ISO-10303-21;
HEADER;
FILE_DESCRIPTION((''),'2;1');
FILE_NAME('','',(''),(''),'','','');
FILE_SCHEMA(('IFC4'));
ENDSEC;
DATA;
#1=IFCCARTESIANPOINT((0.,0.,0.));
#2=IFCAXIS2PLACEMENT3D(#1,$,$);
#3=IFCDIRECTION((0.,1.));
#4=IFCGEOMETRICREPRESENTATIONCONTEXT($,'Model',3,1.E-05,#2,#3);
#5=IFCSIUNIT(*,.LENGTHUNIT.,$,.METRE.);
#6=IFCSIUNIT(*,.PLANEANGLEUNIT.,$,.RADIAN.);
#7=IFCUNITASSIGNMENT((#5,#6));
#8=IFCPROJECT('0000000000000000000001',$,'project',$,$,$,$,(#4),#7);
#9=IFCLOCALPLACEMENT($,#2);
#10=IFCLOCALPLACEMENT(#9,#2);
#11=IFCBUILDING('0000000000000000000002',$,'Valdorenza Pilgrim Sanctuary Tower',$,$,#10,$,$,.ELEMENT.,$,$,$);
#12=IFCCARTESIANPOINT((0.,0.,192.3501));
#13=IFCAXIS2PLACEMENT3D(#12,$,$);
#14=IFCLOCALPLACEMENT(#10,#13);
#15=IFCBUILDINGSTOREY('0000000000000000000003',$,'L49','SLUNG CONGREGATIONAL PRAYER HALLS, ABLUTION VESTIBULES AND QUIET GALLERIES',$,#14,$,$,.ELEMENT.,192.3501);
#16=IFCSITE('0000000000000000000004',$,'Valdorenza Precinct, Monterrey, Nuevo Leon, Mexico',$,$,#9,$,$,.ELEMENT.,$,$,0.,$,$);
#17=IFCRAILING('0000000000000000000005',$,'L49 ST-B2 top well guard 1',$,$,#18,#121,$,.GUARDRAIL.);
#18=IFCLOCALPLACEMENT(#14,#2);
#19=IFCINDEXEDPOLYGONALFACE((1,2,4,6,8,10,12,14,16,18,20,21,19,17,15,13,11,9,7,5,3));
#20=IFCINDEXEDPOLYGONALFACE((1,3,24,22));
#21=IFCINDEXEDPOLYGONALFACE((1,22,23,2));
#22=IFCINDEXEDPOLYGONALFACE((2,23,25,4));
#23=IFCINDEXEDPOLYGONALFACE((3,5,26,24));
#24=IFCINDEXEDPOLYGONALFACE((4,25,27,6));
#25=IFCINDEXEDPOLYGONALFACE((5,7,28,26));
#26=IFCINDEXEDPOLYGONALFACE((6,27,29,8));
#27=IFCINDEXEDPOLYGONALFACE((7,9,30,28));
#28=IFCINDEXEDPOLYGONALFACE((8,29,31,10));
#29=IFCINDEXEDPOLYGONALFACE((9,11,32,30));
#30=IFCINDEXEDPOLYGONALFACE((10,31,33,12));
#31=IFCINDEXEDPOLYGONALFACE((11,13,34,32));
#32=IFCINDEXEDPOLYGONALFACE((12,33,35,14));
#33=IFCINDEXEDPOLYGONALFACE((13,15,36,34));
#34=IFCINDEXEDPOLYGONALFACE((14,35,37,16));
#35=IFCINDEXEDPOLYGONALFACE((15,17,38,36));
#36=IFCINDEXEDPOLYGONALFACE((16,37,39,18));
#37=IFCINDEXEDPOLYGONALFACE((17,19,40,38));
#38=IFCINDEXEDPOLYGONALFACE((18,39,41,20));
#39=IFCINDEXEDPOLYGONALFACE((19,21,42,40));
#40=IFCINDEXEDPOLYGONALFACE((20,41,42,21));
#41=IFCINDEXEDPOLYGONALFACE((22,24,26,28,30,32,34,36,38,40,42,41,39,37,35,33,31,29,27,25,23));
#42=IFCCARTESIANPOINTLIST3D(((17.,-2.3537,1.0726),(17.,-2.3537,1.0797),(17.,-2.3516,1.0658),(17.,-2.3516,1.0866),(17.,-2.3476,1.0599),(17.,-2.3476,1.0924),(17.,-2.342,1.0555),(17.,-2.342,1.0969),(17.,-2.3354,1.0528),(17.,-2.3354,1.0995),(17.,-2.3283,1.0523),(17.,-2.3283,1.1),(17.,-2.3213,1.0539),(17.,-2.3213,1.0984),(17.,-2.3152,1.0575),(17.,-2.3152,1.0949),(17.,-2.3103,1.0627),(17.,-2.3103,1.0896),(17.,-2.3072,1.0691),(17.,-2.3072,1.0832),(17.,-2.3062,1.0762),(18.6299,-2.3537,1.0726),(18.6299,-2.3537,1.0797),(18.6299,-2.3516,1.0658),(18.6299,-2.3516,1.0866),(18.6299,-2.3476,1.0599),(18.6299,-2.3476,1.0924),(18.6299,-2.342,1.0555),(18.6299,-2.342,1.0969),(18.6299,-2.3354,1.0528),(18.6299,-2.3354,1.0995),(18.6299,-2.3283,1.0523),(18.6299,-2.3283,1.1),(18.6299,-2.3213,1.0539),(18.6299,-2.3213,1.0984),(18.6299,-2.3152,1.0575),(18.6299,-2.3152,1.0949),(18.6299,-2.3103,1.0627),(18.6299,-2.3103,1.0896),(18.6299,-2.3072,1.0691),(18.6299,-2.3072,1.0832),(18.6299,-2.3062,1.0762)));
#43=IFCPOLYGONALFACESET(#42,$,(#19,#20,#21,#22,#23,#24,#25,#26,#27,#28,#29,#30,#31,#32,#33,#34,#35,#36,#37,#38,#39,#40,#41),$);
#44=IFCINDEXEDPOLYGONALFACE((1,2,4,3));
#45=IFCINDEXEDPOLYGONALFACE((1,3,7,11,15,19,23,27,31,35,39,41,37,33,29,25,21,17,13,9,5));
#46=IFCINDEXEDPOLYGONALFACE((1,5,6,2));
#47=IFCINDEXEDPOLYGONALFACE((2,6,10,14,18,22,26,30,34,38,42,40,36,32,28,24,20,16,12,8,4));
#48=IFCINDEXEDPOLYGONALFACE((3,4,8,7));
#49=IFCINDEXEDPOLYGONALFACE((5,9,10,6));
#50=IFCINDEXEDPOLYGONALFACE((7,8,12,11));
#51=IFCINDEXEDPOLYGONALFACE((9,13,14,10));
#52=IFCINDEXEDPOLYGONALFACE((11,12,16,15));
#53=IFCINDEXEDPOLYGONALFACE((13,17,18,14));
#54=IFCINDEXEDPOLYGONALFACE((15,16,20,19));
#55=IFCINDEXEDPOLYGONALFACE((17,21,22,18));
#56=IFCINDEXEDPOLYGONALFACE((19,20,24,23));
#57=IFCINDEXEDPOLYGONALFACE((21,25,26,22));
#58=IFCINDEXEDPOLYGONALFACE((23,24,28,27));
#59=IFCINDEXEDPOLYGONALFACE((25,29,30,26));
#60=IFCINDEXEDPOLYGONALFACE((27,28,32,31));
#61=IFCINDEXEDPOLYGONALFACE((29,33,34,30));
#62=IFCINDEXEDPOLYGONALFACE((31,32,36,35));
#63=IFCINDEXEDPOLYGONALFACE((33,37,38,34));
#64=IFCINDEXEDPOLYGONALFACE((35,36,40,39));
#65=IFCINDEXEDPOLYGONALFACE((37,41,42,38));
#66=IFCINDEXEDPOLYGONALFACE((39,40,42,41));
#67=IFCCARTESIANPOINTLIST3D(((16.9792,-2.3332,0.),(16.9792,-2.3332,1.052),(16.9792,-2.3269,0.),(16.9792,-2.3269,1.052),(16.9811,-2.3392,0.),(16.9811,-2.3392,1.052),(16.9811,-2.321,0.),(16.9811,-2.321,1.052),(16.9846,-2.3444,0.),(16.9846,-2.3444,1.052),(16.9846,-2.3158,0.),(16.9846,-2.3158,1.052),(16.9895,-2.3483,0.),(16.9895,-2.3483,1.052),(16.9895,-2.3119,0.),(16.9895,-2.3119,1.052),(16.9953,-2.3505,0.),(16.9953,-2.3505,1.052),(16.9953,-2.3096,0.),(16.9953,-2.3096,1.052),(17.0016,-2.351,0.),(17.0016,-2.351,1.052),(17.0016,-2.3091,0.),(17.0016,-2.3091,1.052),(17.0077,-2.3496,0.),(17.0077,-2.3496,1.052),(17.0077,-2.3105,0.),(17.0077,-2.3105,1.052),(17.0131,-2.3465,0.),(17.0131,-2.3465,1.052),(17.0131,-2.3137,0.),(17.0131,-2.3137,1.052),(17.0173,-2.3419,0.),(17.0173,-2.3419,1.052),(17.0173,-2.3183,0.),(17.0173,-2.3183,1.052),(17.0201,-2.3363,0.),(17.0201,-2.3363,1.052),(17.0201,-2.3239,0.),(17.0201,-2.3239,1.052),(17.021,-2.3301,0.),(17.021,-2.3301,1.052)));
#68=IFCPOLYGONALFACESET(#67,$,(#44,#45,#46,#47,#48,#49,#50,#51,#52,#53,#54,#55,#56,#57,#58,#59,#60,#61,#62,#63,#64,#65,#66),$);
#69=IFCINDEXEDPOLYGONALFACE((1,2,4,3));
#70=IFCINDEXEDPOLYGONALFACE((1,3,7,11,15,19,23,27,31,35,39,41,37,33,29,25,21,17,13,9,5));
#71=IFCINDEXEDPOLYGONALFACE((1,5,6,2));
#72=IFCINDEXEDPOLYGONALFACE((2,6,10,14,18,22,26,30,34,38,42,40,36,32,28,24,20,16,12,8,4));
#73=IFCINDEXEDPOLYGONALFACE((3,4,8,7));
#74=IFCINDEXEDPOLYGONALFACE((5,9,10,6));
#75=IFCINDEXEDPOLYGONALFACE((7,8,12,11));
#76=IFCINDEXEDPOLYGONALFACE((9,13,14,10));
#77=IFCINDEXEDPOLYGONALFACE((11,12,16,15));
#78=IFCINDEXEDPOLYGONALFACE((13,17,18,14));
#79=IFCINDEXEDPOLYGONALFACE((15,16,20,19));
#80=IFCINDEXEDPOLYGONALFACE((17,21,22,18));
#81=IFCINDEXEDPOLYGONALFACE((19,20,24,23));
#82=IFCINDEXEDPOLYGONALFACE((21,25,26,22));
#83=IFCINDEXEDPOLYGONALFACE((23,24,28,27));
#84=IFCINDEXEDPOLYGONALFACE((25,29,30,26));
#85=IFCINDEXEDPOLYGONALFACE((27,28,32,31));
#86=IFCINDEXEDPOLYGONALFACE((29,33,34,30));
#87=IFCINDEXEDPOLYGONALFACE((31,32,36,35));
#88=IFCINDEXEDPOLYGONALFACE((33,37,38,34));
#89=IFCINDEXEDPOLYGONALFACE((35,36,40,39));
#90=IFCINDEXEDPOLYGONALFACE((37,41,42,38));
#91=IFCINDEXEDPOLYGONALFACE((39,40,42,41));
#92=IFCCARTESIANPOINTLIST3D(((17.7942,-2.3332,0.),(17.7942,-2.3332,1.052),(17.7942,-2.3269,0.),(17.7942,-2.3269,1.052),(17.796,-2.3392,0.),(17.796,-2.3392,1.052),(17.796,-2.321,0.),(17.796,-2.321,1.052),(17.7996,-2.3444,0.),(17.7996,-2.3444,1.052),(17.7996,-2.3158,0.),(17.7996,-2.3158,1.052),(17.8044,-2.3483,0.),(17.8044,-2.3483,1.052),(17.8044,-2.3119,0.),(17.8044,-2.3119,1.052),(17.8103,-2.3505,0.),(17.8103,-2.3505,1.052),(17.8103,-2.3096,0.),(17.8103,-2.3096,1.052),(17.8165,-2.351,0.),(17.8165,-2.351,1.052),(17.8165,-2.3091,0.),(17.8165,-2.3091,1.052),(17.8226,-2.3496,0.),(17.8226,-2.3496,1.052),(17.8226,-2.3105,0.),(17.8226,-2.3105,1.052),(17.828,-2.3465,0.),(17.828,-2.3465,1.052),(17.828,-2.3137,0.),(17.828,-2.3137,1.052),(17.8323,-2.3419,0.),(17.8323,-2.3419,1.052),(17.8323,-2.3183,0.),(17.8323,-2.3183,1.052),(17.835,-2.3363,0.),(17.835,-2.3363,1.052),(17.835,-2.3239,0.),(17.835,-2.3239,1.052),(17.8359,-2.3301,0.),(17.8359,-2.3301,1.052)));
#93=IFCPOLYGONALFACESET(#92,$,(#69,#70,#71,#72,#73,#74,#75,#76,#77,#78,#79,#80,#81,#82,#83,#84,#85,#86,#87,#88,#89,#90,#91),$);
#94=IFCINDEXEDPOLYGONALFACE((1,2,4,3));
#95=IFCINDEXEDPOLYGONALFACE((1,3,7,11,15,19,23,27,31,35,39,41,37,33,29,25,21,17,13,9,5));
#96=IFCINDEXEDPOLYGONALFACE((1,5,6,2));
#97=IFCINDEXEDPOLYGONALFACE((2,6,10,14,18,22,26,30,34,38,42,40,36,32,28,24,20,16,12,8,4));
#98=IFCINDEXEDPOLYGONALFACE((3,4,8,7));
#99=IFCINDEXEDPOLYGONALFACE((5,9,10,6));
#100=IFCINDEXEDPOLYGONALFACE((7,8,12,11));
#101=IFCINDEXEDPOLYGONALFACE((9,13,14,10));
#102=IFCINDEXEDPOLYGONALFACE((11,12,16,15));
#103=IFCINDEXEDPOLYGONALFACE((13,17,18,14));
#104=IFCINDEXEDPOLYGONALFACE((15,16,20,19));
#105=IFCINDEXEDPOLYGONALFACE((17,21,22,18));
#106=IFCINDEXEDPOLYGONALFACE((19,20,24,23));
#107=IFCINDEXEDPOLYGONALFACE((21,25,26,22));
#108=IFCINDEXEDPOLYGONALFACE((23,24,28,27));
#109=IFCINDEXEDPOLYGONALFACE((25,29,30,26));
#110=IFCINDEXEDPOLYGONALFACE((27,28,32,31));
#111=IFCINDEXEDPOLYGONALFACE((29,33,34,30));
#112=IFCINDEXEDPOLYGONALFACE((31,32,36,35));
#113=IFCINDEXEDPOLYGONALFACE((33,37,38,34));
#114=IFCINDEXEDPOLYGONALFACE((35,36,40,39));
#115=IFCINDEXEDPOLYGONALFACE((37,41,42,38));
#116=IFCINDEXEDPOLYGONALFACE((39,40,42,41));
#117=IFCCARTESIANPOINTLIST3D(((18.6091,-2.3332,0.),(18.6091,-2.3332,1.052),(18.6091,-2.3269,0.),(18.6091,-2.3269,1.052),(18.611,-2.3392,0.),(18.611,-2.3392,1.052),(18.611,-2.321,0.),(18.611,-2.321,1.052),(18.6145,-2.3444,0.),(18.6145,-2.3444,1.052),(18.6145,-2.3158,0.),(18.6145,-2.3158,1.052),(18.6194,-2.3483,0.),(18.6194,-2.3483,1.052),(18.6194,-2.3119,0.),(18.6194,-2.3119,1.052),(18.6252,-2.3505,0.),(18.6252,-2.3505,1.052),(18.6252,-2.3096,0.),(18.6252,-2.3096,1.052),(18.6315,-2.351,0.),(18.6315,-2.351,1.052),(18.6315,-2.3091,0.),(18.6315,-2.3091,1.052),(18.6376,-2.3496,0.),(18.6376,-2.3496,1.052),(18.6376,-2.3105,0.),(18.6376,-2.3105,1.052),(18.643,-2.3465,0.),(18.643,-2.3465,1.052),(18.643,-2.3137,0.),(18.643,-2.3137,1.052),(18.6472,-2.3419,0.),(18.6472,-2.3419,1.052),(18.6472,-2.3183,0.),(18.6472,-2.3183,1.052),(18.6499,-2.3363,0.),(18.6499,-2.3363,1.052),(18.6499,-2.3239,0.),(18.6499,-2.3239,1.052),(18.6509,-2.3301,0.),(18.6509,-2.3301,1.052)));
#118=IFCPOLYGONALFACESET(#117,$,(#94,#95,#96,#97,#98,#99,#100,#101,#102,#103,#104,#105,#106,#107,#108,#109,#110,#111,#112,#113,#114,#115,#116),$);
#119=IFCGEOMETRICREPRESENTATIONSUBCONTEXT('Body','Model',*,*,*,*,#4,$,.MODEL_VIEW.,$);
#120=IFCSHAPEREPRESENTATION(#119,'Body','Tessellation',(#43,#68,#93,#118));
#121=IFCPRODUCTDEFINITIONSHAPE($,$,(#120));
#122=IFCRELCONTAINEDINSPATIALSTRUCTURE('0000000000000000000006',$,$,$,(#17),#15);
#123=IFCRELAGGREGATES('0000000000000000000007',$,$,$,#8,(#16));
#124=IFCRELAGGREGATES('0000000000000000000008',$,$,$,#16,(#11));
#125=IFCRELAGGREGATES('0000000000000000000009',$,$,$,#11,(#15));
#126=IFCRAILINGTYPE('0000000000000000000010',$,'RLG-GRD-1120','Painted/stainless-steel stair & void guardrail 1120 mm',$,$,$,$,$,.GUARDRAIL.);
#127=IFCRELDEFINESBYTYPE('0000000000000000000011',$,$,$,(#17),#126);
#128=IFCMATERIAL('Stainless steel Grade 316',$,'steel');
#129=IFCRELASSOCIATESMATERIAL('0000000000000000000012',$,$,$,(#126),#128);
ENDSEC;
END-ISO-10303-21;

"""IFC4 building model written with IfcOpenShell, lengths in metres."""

from ifc_helpers import new_model, si_unit, direction, frame, origin, origin_2d, place, context, subcontext, project, spatial, circle, extrude, material, type_object, element, save


model = new_model("IFC4")

# Units and contexts
model_context = context("Model", 3, precision=1e-05, world=origin(), true_north=direction((0.0, 1.0)))
body_context = subcontext(model_context, "Body", "Model", "MODEL_VIEW")
ifc_project = project(units=[si_unit("LENGTHUNIT", "METRE"), si_unit("PLANEANGLEUNIT", "RADIAN")], contexts=[model_context])

# Site, building, storey
site_placement = place(None, origin())
site = spatial("IfcSite", under=ifc_project, at=site_placement, Name="Valdorenza Precinct, Monterrey, Nuevo Leon, Mexico", CompositionType="ELEMENT", RefElevation=0.0)
building_placement = place(site_placement, origin())
building = spatial("IfcBuilding", under=site, at=building_placement, Name="Valdorenza Pilgrim Sanctuary Tower", CompositionType="ELEMENT")
storey_placement = place(building_placement, frame((0.0, 0.0, 192.3501)))
storey = spatial("IfcBuildingStorey", under=building, at=storey_placement, Name="L49", Description="SLUNG CONGREGATIONAL PRAYER HALLS, ABLUTION VESTIBULES AND QUIET GALLERIES", CompositionType="ELEMENT", Elevation=192.3501)

# Railing
ifc_material_1 = material(Name="Stainless steel Grade 316", Category="steel")
railing_type = type_object("IfcRailingType", Name="RLG-GRD-1120", Description="Painted/stainless-steel stair & void guardrail 1120 mm", PredefinedType="GUARDRAIL", material=ifc_material_1)
railing_1_placement = place(storey_placement, frame((17.0, -2.3301, 0.0)))
element("IfcRailing", 1, at=railing_1_placement, inside=storey, type_object=railing_type, Name="L49 ST-B2 top well guard 1", PredefinedType="GUARDRAIL", context=body_context, shape_type="SweptSolid", body=[
    extrude(circle(Radius=0.0239, at=origin_2d()), frame((0.0, 0.0, 1.0762), z_axis=(1.0, 0.0, 0.0), x_axis=(0.0, 1.0, 0.0)), (0.0, 0.0, 1.0), 1.6299),
    extrude(circle(Radius=0.021, at=origin_2d()), origin(), (0.0, 0.0, 1.0), 1.052),
    extrude(circle(Radius=0.021, at=origin_2d()), frame((0.8149, 0.0, 0.0)), (0.0, 0.0, 1.0), 1.052),
    extrude(circle(Radius=0.021, at=origin_2d()), frame((1.6299, 0.0, 0.0)), (0.0, 0.0, 1.0), 1.052),
])

save(model, "model.ifc")
